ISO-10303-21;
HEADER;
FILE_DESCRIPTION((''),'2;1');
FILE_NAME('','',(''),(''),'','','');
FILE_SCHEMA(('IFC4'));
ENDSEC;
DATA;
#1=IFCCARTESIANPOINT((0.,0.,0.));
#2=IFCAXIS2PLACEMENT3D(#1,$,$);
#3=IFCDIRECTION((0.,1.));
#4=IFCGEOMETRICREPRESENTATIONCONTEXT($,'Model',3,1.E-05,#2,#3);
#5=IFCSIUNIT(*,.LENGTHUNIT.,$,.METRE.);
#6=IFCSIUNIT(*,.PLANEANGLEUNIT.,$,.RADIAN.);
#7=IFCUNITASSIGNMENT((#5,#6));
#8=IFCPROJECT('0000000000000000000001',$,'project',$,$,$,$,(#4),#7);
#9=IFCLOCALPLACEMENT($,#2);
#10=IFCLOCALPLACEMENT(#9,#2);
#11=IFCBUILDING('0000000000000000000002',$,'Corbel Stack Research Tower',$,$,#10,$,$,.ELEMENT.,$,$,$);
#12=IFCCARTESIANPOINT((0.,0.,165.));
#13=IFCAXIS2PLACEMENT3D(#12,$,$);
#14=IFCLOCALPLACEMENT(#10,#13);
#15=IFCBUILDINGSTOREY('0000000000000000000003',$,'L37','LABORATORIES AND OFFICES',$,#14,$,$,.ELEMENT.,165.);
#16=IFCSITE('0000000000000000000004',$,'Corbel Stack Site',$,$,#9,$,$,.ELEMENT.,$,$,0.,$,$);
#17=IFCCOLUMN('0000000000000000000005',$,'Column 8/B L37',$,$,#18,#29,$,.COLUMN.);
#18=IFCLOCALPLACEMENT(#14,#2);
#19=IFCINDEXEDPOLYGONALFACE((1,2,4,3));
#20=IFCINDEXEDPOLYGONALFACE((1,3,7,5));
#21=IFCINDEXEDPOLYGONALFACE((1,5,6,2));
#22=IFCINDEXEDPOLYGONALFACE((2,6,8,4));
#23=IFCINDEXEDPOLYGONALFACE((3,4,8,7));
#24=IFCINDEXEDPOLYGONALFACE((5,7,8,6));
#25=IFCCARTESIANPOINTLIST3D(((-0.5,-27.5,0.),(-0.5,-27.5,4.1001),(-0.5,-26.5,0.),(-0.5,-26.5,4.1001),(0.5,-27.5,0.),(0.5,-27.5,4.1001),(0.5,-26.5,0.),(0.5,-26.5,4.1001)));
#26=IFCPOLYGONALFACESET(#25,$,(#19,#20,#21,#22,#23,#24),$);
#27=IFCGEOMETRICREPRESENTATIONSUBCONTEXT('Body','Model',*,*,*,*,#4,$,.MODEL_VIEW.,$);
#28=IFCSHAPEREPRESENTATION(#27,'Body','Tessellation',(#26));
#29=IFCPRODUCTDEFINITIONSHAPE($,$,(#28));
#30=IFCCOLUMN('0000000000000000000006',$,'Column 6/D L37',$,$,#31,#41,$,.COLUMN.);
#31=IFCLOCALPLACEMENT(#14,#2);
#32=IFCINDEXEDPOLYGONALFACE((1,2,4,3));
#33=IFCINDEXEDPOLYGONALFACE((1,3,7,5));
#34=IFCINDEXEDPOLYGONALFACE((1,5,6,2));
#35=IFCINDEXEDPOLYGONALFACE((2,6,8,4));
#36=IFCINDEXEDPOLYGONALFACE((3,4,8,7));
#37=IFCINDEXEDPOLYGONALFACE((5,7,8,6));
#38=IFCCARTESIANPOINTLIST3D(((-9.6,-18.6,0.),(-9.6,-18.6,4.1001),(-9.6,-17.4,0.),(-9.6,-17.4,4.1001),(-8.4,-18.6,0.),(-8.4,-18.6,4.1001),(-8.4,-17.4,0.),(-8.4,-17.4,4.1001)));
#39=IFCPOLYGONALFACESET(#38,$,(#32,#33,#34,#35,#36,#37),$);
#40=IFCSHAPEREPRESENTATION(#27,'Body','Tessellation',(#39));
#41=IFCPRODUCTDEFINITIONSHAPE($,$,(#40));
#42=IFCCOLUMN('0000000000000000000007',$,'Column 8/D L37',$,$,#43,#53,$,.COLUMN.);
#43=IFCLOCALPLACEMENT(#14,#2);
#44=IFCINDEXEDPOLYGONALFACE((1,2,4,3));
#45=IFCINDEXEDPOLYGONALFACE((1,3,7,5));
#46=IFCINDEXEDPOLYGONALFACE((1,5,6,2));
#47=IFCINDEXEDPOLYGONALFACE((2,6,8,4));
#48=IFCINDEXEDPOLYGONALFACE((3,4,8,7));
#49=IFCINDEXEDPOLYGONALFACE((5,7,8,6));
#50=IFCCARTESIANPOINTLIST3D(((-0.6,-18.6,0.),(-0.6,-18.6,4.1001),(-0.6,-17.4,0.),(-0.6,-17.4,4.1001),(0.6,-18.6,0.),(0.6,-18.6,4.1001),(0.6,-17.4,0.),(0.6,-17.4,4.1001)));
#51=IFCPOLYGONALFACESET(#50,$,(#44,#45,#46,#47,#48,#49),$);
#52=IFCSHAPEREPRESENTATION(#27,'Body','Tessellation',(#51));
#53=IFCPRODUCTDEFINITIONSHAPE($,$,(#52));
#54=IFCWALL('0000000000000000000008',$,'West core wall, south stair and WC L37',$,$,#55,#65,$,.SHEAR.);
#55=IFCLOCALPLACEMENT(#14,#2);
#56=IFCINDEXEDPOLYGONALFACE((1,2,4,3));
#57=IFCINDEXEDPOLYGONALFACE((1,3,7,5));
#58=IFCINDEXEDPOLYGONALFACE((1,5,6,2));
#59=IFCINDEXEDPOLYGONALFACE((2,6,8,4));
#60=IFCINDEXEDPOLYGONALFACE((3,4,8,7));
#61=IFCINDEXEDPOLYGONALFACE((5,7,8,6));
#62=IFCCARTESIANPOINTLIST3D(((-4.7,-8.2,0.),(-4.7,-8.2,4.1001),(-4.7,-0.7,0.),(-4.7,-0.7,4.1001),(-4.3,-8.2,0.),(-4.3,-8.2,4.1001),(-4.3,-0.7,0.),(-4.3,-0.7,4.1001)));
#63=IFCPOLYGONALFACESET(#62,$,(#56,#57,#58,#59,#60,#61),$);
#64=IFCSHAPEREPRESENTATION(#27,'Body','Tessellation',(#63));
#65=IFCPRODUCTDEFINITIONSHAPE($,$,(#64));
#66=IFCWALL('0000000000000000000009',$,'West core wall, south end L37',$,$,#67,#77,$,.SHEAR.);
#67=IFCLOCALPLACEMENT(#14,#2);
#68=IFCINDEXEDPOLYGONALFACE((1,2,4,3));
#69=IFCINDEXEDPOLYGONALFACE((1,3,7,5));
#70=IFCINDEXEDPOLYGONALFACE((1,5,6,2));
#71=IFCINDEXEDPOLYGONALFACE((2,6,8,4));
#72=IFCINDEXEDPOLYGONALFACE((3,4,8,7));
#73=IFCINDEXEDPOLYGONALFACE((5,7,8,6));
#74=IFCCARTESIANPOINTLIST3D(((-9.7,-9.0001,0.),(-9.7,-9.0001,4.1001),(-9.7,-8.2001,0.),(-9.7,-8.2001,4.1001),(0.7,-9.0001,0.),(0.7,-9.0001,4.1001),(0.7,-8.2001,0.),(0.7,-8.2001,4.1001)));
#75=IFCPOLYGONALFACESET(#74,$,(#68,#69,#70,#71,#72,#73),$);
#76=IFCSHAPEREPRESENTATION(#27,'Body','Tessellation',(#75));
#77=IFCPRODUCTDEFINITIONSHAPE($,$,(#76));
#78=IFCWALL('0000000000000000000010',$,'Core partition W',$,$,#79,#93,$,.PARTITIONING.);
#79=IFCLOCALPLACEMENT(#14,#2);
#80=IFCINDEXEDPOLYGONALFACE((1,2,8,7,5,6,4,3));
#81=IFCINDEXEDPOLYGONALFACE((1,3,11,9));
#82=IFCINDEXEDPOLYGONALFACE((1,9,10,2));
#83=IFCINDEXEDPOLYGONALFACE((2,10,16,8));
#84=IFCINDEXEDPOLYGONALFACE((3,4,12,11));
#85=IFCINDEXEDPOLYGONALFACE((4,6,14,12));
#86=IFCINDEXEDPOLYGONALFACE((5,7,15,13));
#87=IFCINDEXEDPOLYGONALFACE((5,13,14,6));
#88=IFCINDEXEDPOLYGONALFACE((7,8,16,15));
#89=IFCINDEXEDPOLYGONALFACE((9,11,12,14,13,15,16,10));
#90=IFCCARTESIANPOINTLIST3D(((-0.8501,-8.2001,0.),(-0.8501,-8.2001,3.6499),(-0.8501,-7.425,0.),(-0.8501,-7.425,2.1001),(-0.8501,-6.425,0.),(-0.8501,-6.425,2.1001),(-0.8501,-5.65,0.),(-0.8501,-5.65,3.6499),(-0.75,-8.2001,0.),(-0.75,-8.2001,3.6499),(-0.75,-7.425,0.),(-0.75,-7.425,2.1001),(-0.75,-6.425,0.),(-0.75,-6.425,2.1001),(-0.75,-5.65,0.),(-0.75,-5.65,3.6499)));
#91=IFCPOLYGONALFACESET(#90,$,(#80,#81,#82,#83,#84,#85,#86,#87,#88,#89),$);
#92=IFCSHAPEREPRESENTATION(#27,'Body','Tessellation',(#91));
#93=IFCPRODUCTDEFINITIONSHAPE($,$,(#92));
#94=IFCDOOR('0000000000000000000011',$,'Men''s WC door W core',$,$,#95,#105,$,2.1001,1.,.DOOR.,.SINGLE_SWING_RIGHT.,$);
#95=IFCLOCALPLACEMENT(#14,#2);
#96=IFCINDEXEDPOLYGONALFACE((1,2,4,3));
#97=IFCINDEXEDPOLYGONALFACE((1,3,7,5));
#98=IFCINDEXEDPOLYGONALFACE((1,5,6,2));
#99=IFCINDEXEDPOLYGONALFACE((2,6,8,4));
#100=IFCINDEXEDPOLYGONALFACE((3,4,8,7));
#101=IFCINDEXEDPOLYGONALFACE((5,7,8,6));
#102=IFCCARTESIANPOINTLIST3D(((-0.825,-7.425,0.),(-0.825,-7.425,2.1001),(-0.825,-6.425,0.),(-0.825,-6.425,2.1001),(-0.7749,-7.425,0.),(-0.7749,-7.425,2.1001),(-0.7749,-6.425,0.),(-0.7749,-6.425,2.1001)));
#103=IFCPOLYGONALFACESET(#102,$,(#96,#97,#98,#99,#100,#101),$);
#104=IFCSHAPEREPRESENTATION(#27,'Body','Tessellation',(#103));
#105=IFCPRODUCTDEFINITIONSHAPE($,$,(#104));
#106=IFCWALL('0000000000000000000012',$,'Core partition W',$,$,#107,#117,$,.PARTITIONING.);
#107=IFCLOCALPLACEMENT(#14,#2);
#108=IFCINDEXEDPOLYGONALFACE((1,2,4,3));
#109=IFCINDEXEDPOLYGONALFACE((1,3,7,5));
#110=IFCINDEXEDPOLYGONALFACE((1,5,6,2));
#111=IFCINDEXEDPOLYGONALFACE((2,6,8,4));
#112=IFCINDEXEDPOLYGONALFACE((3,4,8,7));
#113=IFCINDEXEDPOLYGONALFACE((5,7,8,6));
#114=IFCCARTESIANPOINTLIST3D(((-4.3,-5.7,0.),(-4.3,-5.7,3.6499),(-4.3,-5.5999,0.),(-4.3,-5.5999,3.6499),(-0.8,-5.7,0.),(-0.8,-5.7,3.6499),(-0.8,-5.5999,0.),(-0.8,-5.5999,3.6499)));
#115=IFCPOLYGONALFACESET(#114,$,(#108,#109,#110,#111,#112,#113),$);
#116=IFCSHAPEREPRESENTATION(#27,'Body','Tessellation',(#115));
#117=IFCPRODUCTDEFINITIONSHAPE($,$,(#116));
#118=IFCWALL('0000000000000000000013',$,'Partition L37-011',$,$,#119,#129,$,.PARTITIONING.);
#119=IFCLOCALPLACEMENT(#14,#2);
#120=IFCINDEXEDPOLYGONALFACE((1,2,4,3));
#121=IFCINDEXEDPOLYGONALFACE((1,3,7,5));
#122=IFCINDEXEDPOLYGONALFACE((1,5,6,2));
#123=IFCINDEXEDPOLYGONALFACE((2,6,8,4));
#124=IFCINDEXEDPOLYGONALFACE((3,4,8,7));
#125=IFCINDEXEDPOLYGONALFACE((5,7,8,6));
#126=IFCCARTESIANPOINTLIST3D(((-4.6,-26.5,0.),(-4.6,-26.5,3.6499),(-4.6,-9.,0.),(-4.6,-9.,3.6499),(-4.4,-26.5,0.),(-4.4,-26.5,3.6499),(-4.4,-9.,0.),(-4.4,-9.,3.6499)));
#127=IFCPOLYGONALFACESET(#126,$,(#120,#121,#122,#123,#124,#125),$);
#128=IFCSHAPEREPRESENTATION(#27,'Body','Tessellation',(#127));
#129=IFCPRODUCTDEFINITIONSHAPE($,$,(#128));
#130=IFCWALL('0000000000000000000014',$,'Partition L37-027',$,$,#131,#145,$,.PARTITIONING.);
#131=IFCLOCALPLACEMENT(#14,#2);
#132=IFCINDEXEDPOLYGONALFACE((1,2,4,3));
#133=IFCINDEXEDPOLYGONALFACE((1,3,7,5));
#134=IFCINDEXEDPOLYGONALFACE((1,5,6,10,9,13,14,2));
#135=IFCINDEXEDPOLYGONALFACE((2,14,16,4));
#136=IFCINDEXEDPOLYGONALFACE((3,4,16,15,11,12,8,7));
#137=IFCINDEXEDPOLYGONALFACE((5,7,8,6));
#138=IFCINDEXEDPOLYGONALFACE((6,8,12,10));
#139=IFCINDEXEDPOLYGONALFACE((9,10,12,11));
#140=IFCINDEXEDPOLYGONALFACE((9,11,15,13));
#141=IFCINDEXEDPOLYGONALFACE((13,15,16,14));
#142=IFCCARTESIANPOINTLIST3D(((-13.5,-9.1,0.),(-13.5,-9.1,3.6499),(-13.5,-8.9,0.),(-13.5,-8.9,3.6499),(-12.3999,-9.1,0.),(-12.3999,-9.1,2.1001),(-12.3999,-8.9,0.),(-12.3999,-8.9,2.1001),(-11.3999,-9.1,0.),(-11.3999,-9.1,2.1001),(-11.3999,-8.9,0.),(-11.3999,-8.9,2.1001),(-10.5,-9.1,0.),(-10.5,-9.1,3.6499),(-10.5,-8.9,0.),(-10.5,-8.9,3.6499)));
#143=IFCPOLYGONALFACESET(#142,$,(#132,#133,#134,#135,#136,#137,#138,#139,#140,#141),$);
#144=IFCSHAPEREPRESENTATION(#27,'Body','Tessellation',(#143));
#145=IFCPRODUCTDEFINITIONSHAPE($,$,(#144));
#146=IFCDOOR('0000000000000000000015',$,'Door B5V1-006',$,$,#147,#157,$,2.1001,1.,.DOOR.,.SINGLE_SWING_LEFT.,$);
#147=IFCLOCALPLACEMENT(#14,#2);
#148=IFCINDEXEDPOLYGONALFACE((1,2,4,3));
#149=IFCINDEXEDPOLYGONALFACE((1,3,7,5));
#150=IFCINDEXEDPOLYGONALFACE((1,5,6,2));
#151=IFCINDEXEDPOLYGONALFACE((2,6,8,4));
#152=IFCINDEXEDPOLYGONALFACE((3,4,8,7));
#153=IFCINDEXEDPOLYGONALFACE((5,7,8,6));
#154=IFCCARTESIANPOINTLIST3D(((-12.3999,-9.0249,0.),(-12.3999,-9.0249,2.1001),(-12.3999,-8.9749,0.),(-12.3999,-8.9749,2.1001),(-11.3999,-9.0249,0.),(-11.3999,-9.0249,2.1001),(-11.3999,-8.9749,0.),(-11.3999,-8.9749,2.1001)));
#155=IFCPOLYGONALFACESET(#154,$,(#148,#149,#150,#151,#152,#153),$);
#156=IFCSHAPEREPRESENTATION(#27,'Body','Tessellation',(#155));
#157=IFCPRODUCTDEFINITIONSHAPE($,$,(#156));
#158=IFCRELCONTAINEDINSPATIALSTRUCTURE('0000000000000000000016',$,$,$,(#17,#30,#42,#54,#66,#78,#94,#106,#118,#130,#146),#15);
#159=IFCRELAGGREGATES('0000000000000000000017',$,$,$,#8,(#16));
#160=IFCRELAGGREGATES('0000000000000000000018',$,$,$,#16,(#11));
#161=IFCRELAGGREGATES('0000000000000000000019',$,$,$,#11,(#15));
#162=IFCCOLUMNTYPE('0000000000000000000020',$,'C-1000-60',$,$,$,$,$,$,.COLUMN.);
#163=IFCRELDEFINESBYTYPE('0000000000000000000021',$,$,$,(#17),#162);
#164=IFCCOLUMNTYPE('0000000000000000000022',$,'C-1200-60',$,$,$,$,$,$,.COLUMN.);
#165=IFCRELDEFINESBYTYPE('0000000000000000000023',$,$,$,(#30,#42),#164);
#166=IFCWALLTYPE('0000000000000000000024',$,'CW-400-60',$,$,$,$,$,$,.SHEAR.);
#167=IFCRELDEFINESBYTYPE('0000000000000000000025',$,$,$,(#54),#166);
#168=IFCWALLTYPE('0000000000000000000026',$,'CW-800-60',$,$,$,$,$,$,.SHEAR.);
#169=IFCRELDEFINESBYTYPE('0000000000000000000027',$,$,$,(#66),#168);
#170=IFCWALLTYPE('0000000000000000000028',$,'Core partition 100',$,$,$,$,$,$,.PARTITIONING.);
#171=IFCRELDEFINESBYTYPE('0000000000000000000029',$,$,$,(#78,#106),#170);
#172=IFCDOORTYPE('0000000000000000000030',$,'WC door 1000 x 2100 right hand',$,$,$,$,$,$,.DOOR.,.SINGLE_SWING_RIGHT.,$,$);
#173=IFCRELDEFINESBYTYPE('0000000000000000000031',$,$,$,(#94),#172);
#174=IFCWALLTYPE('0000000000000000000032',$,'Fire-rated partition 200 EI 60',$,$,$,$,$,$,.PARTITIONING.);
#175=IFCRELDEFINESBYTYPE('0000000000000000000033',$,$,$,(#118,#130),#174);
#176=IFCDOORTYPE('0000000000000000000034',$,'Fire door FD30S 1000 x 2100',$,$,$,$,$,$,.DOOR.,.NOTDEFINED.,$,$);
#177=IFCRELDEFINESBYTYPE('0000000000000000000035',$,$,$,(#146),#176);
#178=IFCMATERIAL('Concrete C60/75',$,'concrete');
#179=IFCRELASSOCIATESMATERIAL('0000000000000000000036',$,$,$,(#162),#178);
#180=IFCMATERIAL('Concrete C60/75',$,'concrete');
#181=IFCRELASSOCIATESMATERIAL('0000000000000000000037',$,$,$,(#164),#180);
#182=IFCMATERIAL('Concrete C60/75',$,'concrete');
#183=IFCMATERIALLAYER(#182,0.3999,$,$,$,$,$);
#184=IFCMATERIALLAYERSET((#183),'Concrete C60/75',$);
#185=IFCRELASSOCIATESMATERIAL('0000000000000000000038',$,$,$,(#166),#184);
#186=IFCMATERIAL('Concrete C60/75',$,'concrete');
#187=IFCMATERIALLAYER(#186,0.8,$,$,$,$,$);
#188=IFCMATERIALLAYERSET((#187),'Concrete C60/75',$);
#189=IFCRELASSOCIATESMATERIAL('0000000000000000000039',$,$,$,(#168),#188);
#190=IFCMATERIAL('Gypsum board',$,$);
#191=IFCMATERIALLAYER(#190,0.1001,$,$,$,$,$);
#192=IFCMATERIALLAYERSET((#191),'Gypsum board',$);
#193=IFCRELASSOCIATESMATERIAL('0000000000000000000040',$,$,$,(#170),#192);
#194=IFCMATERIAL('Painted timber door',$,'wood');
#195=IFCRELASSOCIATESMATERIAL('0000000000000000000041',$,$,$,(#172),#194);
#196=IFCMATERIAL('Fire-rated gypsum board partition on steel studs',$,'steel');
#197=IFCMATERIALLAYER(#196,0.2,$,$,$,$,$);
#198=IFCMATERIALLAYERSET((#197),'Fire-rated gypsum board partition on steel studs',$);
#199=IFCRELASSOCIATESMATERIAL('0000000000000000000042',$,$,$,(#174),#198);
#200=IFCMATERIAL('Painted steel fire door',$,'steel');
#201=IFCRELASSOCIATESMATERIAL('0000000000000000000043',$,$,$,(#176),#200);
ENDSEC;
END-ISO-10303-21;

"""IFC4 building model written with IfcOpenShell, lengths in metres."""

from ifc_helpers import new_model, si_unit, direction, frame, frame_2d, origin, origin_2d, place, context, subcontext, project, spatial, rectangle, extrude, material, layer, layer_set, material_profile, profile_set, type_object, element, fill, save


model = new_model("IFC4")

# Units and contexts
model_context = context("Model", 3, precision=1e-05, world=origin(), true_north=direction((0.0, 1.0)))
body_context = subcontext(model_context, "Body", "Model", "MODEL_VIEW")
ifc_project = project(units=[si_unit("LENGTHUNIT", "METRE"), si_unit("PLANEANGLEUNIT", "RADIAN")], contexts=[model_context])

# Site, building, storey
site_placement = place(None, origin())
site = spatial("IfcSite", under=ifc_project, at=site_placement, Name="Corbel Stack Site", CompositionType="ELEMENT", RefElevation=0.0)
building_placement = place(site_placement, origin())
building = spatial("IfcBuilding", under=site, at=building_placement, Name="Corbel Stack Research Tower", CompositionType="ELEMENT")
storey_placement = place(building_placement, frame((0.0, 0.0, 165.0)))
storey = spatial("IfcBuildingStorey", under=building, at=storey_placement, Name="L37", Description="LABORATORIES AND OFFICES", CompositionType="ELEMENT", Elevation=165.0)

# Columns
ifc_material_1 = material(Name="Concrete C60/75", Category="concrete")
ifc_material_profile_1 = material_profile(ifc_material_1, rectangle(XDim=1.0, YDim=1.0, at=origin_2d()), Name="RC 1000 x 1000")
ifc_profile_set_1 = profile_set([ifc_material_profile_1], Name="Concrete C60/75")
column_type_1 = type_object("IfcColumnType", Name="C-1000-60", PredefinedType="COLUMN", material=ifc_profile_set_1)
column_placement = place(storey_placement, frame((0.0, -27.0, 0.0), z_axis=(0.0, 0.0, 1.0), x_axis=(1.0, 0.0, 0.0)))
element("IfcColumn", 1, at=column_placement, inside=storey, type_object=column_type_1, Name="Column 8/B L37", PredefinedType="COLUMN", context=body_context, shape_type="SweptSolid", body=[
    extrude(rectangle(XDim=1.0, YDim=1.0, at=origin_2d()), origin(), (0.0, 0.0, 1.0), 4.1001),
])
ifc_material_2 = material(Name="Concrete C60/75", Category="concrete")
ifc_material_profile_2 = material_profile(ifc_material_2, rectangle(XDim=1.2, YDim=1.2, at=origin_2d()), Name="RC 1200 x 1200")
ifc_profile_set_2 = profile_set([ifc_material_profile_2], Name="Concrete C60/75")
column_type_2 = type_object("IfcColumnType", Name="C-1200-60", PredefinedType="COLUMN", material=ifc_profile_set_2)
for number, where, z_axis, x_axis, name in (
    (2, (-9.0, -18.0, 0.0), (0.0, 0.0, 1.0), (1.0, 0.0, 0.0), "Column 6/D L37"),
    (3, (0.0, -18.0, 0.0), (0.0, 0.0, 1.0), (1.0, 0.0, 0.0), "Column 8/D L37"),
):
    element("IfcColumn", number, at=place(storey_placement, frame(where, z_axis=z_axis, x_axis=x_axis)), inside=storey, type_object=column_type_2, Name=name, PredefinedType="COLUMN", context=body_context, shape_type="SweptSolid", body=[
        extrude(rectangle(XDim=1.2, YDim=1.2, at=origin_2d()), origin(), (0.0, 0.0, 1.0), 4.1001),
    ])

# Wall
ifc_material_3 = material(Name="Concrete C60/75", Category="concrete")
ifc_layer_1 = layer(ifc_material_3, 0.3999)
ifc_layer_set_1 = layer_set([ifc_layer_1], Name="Concrete C60/75")
wall_type_1 = type_object("IfcWallType", Name="CW-400-60", PredefinedType="SHEAR", material=ifc_layer_set_1)
wall_1_placement = place(storey_placement, frame((-4.5, -8.2, 0.0), z_axis=(0.0, 0.0, 1.0), x_axis=(0.0, 1.0, 0.0)))
element("IfcWall", 4, at=wall_1_placement, inside=storey, type_object=wall_type_1, Name="West core wall, south stair and WC L37", PredefinedType="SHEAR", context=body_context, shape_type="SweptSolid", body=[
    extrude(rectangle(XDim=7.5, YDim=0.3999, at=frame_2d((3.75, 0.0))), origin(), (0.0, 0.0, 1.0), 4.1001),
])

# Shared definitions
ifc_material_4 = material(Name="Concrete C60/75", Category="concrete")
ifc_layer_2 = layer(ifc_material_4, 0.8)
ifc_layer_set_2 = layer_set([ifc_layer_2], Name="Concrete C60/75")
wall_type_2 = type_object("IfcWallType", Name="CW-800-60", PredefinedType="SHEAR", material=ifc_layer_set_2)

# Wall
wall_2_placement = place(storey_placement, frame((-9.7, -8.6001, 0.0), z_axis=(0.0, 0.0, 1.0), x_axis=(1.0, 0.0, 0.0)))
element("IfcWall", 5, at=wall_2_placement, inside=storey, type_object=wall_type_2, Name="West core wall, south end L37", PredefinedType="SHEAR", context=body_context, shape_type="SweptSolid", body=[
    extrude(rectangle(XDim=10.3999, YDim=0.8, at=frame_2d((5.2, 0.0))), origin(), (0.0, 0.0, 1.0), 4.1001),
])

# Wall, opening, door
ifc_material_5 = material(Name="Gypsum board")
ifc_layer_3 = layer(ifc_material_5, 0.1001)
ifc_layer_set_3 = layer_set([ifc_layer_3], Name="Gypsum board")
wall_type_3 = type_object("IfcWallType", Name="Core partition 100", PredefinedType="PARTITIONING", material=ifc_layer_set_3)
wall_3_placement = place(storey_placement, frame((-0.8, -8.2, 0.0), z_axis=(0.0, 0.0, 1.0), x_axis=(0.0, 1.0, 0.0)))
wall_3 = element("IfcWall", 6, at=wall_3_placement, inside=storey, type_object=wall_type_3, Name="Core partition W", PredefinedType="PARTITIONING", context=body_context, shape_type="SweptSolid", body=[
    extrude(rectangle(XDim=2.55, YDim=0.1001, at=frame_2d((1.2749, 0.0))), origin(), (0.0, 0.0, 1.0), 3.6499),
])
opening_1_placement = place(wall_3_placement, frame((0.7749, 0.0, 0.0)))
opening_1 = element("IfcOpeningElement", 7, at=opening_1_placement, cuts=wall_3, PredefinedType="OPENING", context=body_context, shape_type="SweptSolid", body=[
    extrude(rectangle(XDim=1.0, YDim=2.1001, at=frame_2d((0.5, 1.05))), frame((0.0, 0.0601, 0.0), z_axis=(0.0, -1.0, 0.0), x_axis=(1.0, 0.0, 0.0)), (0.0, 0.0, 1.0), 0.1201),
])
ifc_material_6 = material(Name="Painted timber door", Category="wood")
door_type_1 = type_object("IfcDoorType", Name="WC door 1000 x 2100 right hand", OperationType="SINGLE_SWING_RIGHT", PredefinedType="DOOR", material=ifc_material_6)
door_1_placement = place(opening_1_placement, origin())
door_1 = element("IfcDoor", 8, at=door_1_placement, inside=storey, type_object=door_type_1, Name="Men's WC door W core", OperationType="SINGLE_SWING_RIGHT", OverallHeight=2.1001, OverallWidth=1.0, PredefinedType="DOOR", context=body_context, shape_type="SweptSolid", body=[
    extrude(rectangle(XDim=1.0, YDim=2.1001, at=frame_2d((0.5, 1.05))), frame((0.0, 0.0249, 0.0), z_axis=(0.0, -1.0, 0.0), x_axis=(1.0, 0.0, 0.0)), (0.0, 0.0, 1.0), 0.05),
])
fill(opening_1, door_1)

# Walls
wall_4_placement = place(storey_placement, frame((-4.3, -5.6499, 0.0), z_axis=(0.0, 0.0, 1.0), x_axis=(1.0, 0.0, 0.0)))
element("IfcWall", 9, at=wall_4_placement, inside=storey, type_object=wall_type_3, Name="Core partition W", PredefinedType="PARTITIONING", context=body_context, shape_type="SweptSolid", body=[
    extrude(rectangle(XDim=3.5, YDim=0.1001, at=frame_2d((1.75, 0.0))), origin(), (0.0, 0.0, 1.0), 3.6499),
])
ifc_material_7 = material(Name="Fire-rated gypsum board partition on steel studs", Category="steel")
ifc_layer_4 = layer(ifc_material_7, 0.2)
ifc_layer_set_4 = layer_set([ifc_layer_4], Name="Fire-rated gypsum board partition on steel studs")
wall_type_4 = type_object("IfcWallType", Name="Fire-rated partition 200 EI 60", PredefinedType="PARTITIONING", material=ifc_layer_set_4)
wall_5_placement = place(storey_placement, frame((-4.5, -26.5, 0.0), z_axis=(0.0, 0.0, 1.0), x_axis=(0.0, 1.0, 0.0)))
element("IfcWall", 10, at=wall_5_placement, inside=storey, type_object=wall_type_4, Name="Partition L37-011", PredefinedType="PARTITIONING", context=body_context, shape_type="SweptSolid", body=[
    extrude(rectangle(XDim=17.5, YDim=0.2, at=frame_2d((8.75, 0.0))), origin(), (0.0, 0.0, 1.0), 3.6499),
])

# Wall, opening, door
wall_6_placement = place(storey_placement, frame((-10.5, -9.0, 0.0), z_axis=(0.0, 0.0, 1.0), x_axis=(-1.0, 0.0, 0.0)))
wall_6 = element("IfcWall", 11, at=wall_6_placement, inside=storey, type_object=wall_type_4, Name="Partition L37-027", PredefinedType="PARTITIONING", context=body_context, shape_type="SweptSolid", body=[
    extrude(rectangle(XDim=3.0, YDim=0.2, at=frame_2d((1.5, 0.0))), origin(), (0.0, 0.0, 1.0), 3.6499),
])
opening_2_placement = place(wall_6_placement, frame((0.8999, 0.0, 0.0)))
opening_2 = element("IfcOpeningElement", 12, at=opening_2_placement, cuts=wall_6, PredefinedType="OPENING", context=body_context, shape_type="SweptSolid", body=[
    extrude(rectangle(XDim=1.0, YDim=2.1001, at=frame_2d((0.5, 1.05))), frame((0.0, 0.1099, 0.0), z_axis=(0.0, -1.0, 0.0), x_axis=(1.0, 0.0, 0.0)), (0.0, 0.0, 1.0), 0.22),
])
ifc_material_8 = material(Name="Painted steel fire door", Category="steel")
door_type_2 = type_object("IfcDoorType", Name="Fire door FD30S 1000 x 2100", OperationType="NOTDEFINED", PredefinedType="DOOR", material=ifc_material_8)
door_2_placement = place(opening_2_placement, origin())
door_2 = element("IfcDoor", 13, at=door_2_placement, inside=storey, type_object=door_type_2, Name="Door B5V1-006", OperationType="SINGLE_SWING_LEFT", OverallHeight=2.1001, OverallWidth=1.0, PredefinedType="DOOR", context=body_context, shape_type="SweptSolid", body=[
    extrude(rectangle(XDim=1.0, YDim=2.1001, at=frame_2d((0.5, 1.05))), frame((0.0, 0.0249, 0.0), z_axis=(0.0, -1.0, 0.0), x_axis=(1.0, 0.0, 0.0)), (0.0, 0.0, 1.0), 0.05),
])
fill(opening_2, door_2)

save(model, "model.ifc")
